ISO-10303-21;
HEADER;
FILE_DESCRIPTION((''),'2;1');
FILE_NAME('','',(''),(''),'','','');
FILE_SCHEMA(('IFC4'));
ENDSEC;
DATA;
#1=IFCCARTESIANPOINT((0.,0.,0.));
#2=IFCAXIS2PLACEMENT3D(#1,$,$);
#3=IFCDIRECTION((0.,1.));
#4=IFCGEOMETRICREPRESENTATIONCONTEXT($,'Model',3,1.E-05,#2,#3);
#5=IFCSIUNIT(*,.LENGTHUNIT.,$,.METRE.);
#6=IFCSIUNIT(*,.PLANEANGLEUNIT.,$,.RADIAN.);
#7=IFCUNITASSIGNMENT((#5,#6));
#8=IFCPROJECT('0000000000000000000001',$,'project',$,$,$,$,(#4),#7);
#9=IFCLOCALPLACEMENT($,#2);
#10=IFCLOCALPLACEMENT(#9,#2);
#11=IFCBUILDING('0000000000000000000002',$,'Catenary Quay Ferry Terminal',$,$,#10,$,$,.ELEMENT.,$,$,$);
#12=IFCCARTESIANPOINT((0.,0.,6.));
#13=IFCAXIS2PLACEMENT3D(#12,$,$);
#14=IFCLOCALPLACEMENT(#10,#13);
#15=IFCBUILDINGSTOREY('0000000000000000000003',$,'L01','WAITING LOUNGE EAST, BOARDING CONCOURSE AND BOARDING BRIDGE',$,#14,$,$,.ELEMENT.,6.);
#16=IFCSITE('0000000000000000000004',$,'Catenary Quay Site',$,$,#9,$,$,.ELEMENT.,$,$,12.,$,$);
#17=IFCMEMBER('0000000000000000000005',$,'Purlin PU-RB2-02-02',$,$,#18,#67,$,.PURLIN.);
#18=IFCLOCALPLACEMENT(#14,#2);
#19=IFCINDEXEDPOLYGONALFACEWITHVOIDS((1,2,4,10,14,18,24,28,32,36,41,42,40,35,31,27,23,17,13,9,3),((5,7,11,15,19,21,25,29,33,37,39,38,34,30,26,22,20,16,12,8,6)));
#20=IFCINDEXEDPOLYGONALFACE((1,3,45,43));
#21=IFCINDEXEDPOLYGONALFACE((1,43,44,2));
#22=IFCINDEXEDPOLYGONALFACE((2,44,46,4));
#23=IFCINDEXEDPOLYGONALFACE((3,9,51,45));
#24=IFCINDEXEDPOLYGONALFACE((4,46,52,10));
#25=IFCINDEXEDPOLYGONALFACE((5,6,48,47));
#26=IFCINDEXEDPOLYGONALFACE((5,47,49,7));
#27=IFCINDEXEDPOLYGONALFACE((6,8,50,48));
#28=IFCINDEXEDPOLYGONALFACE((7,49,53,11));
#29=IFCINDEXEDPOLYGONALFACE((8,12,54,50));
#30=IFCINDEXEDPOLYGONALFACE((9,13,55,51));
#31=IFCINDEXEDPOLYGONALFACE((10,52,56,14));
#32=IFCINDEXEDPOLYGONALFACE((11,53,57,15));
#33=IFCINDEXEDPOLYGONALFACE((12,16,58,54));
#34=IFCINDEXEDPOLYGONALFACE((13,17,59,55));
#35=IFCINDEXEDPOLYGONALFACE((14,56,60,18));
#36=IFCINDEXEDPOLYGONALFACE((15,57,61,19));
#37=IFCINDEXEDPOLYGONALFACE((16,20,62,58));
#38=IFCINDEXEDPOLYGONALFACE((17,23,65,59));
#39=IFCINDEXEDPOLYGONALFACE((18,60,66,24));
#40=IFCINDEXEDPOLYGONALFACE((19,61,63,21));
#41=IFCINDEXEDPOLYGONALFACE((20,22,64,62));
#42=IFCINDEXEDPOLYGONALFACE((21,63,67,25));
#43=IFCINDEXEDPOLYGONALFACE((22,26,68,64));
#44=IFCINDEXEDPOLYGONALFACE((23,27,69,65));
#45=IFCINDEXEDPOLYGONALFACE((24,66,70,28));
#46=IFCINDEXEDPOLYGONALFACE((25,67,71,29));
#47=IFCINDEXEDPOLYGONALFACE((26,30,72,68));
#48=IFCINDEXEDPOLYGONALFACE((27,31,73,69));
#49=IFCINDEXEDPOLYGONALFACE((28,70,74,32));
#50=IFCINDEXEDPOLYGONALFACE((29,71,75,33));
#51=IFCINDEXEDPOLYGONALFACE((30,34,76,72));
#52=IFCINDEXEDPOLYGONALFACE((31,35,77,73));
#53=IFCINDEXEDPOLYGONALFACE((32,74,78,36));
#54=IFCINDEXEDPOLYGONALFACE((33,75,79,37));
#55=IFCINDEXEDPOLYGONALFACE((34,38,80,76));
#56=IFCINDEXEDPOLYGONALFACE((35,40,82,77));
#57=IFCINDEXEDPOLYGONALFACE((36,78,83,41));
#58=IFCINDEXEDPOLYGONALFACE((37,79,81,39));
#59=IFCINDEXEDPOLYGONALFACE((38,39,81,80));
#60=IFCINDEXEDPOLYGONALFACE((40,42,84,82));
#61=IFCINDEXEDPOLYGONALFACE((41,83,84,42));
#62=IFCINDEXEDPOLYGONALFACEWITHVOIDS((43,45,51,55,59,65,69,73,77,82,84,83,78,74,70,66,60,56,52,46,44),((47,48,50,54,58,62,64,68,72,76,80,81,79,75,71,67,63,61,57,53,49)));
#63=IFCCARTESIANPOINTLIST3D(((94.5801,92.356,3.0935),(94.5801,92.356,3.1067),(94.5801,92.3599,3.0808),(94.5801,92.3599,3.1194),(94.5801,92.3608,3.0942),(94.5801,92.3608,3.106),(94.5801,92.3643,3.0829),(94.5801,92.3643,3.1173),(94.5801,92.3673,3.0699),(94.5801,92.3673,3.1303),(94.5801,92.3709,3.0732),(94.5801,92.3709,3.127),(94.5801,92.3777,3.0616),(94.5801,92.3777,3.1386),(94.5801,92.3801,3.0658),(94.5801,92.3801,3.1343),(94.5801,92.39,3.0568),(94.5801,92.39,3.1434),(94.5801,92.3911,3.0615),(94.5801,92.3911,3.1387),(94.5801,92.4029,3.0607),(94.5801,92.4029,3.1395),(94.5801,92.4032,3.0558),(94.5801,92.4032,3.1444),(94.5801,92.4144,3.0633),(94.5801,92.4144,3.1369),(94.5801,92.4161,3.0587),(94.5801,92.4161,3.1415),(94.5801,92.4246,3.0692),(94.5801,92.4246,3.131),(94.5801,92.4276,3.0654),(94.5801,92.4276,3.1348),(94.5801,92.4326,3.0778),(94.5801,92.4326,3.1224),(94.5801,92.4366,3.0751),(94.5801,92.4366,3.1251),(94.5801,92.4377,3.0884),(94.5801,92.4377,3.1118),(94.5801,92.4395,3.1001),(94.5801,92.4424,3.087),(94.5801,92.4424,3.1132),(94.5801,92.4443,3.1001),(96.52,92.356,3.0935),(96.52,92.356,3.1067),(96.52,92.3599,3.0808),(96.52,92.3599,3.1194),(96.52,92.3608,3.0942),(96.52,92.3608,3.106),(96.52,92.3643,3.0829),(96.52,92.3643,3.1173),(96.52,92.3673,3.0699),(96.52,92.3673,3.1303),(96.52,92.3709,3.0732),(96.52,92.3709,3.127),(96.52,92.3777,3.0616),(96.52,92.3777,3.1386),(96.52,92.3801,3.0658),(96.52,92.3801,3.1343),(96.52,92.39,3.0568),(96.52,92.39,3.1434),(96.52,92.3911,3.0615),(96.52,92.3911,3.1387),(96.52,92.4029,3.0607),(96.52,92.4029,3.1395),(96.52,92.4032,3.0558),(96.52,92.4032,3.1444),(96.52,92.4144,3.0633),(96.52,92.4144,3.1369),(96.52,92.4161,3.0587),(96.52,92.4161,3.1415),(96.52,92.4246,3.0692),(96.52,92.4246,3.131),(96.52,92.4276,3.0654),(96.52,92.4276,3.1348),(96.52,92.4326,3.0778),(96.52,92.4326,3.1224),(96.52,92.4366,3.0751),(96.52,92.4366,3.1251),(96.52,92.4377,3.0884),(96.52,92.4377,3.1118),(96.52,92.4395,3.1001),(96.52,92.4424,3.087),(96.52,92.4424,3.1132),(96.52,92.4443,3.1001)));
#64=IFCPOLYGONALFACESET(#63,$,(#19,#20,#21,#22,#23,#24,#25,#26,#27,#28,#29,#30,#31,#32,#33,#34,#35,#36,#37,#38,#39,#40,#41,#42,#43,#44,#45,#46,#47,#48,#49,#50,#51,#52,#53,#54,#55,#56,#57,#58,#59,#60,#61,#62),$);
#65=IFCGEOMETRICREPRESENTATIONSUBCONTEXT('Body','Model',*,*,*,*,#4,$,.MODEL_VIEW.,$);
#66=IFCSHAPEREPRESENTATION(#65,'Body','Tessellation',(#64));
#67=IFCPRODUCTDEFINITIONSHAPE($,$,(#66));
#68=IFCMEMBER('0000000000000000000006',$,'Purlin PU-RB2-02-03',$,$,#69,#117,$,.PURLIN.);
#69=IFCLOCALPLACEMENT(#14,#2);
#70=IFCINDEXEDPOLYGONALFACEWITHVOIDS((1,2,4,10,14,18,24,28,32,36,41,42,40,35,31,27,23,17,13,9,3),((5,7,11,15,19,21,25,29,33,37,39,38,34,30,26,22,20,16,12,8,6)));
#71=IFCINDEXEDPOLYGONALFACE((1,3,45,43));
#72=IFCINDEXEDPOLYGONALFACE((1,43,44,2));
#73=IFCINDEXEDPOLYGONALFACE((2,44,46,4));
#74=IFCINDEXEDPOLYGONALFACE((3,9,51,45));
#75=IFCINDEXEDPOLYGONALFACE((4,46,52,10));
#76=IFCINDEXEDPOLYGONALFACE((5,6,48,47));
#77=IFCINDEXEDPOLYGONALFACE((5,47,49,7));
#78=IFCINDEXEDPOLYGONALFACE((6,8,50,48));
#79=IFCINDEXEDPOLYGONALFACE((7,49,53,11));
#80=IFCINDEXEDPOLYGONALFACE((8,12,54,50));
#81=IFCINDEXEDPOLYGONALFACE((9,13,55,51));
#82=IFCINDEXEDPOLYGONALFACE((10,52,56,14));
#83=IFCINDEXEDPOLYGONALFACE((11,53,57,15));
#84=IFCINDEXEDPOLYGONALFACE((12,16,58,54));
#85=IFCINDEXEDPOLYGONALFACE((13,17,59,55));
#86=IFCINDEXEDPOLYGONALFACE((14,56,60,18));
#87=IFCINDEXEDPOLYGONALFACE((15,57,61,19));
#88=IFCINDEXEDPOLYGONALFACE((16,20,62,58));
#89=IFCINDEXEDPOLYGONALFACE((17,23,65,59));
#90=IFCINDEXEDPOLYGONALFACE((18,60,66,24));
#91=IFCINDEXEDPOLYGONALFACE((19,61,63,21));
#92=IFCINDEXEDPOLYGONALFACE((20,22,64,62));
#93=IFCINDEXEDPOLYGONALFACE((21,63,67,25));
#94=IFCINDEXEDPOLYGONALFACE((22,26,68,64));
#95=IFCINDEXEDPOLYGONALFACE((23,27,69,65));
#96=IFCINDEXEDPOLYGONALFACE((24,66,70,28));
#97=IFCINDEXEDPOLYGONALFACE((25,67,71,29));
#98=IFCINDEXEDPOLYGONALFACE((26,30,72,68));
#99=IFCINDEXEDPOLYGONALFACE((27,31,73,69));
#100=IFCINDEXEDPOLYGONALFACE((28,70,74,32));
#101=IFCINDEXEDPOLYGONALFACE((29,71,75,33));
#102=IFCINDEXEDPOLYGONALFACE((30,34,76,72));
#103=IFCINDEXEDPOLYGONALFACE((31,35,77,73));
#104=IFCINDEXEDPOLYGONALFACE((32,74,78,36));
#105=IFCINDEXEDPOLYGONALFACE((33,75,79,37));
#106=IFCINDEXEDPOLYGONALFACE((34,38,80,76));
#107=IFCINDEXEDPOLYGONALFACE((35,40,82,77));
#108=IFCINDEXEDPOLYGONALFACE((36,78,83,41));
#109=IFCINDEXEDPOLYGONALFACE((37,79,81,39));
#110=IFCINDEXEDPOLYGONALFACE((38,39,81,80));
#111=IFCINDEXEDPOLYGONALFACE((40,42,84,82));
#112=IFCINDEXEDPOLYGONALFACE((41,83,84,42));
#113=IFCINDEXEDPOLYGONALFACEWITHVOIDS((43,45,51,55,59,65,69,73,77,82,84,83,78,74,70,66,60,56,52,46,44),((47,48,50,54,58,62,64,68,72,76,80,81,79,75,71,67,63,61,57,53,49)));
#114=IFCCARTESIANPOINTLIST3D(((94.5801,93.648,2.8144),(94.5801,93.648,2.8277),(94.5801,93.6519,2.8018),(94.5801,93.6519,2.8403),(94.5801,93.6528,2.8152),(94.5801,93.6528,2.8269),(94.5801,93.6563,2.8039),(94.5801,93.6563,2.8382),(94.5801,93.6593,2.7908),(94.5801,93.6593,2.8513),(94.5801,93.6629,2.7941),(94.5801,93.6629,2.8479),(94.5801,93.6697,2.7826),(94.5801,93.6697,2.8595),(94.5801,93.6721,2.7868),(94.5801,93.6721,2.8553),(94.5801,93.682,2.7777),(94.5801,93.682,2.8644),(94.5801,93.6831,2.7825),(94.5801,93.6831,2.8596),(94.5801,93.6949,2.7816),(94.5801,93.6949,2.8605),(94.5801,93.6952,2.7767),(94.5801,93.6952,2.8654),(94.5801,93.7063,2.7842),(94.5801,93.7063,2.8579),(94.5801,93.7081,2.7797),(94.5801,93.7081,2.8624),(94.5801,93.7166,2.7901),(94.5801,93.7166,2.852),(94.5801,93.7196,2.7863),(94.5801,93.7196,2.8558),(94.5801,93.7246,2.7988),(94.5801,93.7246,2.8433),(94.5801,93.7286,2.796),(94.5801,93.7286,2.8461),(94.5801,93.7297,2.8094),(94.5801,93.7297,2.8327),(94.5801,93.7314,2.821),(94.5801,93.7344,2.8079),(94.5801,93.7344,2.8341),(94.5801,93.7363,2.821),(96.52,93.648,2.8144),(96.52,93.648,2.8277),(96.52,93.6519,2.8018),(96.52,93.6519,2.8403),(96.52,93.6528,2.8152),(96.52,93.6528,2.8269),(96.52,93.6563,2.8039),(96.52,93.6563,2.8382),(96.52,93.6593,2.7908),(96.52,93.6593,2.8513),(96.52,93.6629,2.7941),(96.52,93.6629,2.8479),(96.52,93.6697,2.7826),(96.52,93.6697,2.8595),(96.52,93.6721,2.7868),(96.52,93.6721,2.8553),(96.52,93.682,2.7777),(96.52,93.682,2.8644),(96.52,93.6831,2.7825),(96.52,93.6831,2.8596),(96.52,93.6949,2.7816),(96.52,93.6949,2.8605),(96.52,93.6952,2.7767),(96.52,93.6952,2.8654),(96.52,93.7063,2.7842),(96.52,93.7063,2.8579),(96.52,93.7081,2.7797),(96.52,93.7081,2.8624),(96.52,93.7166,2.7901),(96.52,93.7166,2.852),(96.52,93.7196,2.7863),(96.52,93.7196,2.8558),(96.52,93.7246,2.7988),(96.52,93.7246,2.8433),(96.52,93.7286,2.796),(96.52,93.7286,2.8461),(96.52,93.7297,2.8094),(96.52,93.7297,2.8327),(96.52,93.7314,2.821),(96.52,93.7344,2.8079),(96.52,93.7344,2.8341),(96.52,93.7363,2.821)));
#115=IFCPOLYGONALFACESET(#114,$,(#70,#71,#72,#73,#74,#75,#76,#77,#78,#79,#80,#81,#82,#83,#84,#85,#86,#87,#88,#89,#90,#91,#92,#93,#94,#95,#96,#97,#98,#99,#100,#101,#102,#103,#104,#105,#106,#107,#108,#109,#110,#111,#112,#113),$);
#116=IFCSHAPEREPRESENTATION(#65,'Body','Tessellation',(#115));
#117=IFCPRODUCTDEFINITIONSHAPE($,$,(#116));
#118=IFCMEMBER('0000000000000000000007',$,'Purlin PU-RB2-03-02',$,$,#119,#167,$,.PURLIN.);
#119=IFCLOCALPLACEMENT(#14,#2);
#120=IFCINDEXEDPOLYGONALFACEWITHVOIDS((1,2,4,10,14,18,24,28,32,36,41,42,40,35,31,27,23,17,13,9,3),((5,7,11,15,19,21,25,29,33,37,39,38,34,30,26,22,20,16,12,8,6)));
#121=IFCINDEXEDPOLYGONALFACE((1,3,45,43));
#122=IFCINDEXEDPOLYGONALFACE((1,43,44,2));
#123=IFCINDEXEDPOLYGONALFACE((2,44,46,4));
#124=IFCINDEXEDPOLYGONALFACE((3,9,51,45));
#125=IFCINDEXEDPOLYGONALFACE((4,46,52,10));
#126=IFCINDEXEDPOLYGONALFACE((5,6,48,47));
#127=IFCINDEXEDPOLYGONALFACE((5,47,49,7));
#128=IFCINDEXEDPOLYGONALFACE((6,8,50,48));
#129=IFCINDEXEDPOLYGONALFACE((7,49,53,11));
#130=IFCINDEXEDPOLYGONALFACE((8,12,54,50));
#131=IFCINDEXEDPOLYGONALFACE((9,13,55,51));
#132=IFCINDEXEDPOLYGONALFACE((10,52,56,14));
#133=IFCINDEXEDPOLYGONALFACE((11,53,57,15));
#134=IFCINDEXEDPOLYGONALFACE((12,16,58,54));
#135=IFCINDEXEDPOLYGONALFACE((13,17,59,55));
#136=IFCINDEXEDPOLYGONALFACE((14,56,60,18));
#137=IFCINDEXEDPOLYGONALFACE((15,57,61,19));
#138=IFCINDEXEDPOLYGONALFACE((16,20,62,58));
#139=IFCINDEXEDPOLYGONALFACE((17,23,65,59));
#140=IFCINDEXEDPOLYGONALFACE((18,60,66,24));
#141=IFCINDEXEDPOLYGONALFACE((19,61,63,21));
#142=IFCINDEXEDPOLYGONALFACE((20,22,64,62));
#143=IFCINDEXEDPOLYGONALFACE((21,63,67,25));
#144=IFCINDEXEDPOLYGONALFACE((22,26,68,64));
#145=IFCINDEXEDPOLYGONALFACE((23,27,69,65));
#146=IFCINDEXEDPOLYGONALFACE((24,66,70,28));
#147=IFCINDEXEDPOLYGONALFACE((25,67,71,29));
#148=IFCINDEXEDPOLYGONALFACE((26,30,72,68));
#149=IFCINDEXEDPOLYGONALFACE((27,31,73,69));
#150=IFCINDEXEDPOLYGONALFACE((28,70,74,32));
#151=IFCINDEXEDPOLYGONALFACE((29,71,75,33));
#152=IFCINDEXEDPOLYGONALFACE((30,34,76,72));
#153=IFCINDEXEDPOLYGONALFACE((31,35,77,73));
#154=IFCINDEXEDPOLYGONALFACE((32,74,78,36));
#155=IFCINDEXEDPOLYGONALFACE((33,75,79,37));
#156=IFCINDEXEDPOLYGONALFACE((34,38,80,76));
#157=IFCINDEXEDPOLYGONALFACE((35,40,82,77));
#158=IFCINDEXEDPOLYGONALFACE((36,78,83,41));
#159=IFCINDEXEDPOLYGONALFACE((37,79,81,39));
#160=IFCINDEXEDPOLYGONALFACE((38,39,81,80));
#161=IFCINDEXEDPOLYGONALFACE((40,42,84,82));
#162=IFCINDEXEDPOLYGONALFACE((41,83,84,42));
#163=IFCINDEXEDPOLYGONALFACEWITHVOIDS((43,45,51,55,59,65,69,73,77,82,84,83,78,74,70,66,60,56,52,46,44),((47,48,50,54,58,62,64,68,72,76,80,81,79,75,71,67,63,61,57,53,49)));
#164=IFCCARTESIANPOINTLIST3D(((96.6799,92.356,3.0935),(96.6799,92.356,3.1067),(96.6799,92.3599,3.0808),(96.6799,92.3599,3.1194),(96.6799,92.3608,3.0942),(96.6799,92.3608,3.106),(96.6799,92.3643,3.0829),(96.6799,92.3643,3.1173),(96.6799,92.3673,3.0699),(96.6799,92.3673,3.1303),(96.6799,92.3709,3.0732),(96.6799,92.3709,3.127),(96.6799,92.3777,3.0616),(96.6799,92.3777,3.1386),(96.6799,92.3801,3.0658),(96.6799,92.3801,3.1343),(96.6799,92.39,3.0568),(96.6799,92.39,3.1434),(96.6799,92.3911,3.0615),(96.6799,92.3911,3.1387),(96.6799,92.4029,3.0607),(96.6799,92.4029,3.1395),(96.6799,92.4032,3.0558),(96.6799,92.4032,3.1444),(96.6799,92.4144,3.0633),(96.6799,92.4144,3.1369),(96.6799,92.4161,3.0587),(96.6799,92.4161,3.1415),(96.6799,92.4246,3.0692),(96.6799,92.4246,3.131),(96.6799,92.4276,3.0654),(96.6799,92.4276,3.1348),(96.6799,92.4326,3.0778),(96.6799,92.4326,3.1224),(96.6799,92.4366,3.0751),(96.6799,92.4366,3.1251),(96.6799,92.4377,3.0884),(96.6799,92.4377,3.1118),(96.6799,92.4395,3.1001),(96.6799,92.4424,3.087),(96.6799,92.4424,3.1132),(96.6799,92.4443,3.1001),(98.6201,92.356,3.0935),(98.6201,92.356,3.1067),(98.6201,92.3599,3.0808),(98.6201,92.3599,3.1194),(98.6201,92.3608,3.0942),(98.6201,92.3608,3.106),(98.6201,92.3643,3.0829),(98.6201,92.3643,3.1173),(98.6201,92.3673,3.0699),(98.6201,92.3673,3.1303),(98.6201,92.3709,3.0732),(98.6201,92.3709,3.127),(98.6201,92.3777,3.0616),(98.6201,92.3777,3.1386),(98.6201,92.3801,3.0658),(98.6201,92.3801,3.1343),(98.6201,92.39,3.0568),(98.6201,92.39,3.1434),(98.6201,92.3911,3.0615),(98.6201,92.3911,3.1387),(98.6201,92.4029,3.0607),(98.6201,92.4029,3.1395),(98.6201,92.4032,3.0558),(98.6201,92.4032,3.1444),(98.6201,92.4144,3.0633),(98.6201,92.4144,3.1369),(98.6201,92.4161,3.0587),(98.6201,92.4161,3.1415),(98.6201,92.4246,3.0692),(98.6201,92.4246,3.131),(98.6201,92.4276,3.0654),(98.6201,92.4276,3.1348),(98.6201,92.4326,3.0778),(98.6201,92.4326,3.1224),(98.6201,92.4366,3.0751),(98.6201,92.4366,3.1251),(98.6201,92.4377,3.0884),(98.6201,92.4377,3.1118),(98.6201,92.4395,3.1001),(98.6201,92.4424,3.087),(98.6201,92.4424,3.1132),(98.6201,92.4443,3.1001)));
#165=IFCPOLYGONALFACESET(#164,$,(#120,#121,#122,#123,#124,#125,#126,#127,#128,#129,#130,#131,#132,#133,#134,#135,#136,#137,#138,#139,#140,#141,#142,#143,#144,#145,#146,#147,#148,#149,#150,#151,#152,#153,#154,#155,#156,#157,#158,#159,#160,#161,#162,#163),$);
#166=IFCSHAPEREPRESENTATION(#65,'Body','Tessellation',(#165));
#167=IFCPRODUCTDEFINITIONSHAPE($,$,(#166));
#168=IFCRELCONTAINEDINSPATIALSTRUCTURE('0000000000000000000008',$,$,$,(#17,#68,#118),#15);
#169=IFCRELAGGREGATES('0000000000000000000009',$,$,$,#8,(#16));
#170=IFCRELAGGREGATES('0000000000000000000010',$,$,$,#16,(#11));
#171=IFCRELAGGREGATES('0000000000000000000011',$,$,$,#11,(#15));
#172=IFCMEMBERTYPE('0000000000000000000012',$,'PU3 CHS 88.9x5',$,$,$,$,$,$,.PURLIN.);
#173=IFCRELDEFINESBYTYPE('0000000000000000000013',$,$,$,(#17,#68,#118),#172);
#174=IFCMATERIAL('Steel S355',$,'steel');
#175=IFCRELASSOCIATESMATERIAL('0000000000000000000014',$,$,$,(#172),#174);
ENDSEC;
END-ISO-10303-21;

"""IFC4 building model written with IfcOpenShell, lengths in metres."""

from ifc_helpers import new_model, si_unit, direction, frame, origin, origin_2d, place, context, subcontext, project, spatial, hollow_circle, extrude, material, material_profile, profile_set, type_object, element, save


model = new_model("IFC4")

# Units and contexts
model_context = context("Model", 3, precision=1e-05, world=origin(), true_north=direction((0.0, 1.0)))
body_context = subcontext(model_context, "Body", "Model", "MODEL_VIEW")
ifc_project = project(units=[si_unit("LENGTHUNIT", "METRE"), si_unit("PLANEANGLEUNIT", "RADIAN")], contexts=[model_context])

# Site, building, storey
site_placement = place(None, origin())
site = spatial("IfcSite", under=ifc_project, at=site_placement, Name="Catenary Quay Site", CompositionType="ELEMENT", RefElevation=12.0)
building_placement = place(site_placement, origin())
building = spatial("IfcBuilding", under=site, at=building_placement, Name="Catenary Quay Ferry Terminal", CompositionType="ELEMENT")
storey_placement = place(building_placement, frame((0.0, 0.0, 6.0)))
storey = spatial("IfcBuildingStorey", under=building, at=storey_placement, Name="L01", Description="WAITING LOUNGE EAST, BOARDING CONCOURSE AND BOARDING BRIDGE", CompositionType="ELEMENT", Elevation=6.0)

# Members
ifc_material_1 = material(Name="Steel S355", Category="steel")
ifc_material_profile_1 = material_profile(ifc_material_1, hollow_circle(Radius=0.0444, WallThickness=0.0049, at=origin_2d()), Name="CHS 88.9x5")
ifc_profile_set_1 = profile_set([ifc_material_profile_1], Name="Steel S355")
member_type_1 = type_object("IfcMemberType", Name="PU3 CHS 88.9x5", PredefinedType="PURLIN", material=ifc_profile_set_1)
for number, where, z_axis, x_axis, name in (
    (1, (94.5801, 92.3999, 3.1001), (1.0, 0.0, 0.0), (0.0, 1.0, 0.0), "Purlin PU-RB2-02-02"),
    (2, (94.5801, 93.6919, 2.821), (1.0, 0.0, 0.0), (0.0, 1.0, 0.0), "Purlin PU-RB2-02-03"),
):
    element("IfcMember", number, at=place(storey_placement, frame(where, z_axis=z_axis, x_axis=x_axis)), inside=storey, type_object=member_type_1, Name=name, PredefinedType="PURLIN", context=body_context, shape_type="SweptSolid", body=[
        extrude(hollow_circle(Radius=0.0444, WallThickness=0.0049, at=origin_2d()), origin(), (0.0, 0.0, 1.0), 1.9399),
    ])
for number, where, z_axis, x_axis, name in (
    (3, (96.6799, 92.3999, 3.1001), (1.0, 0.0, 0.0), (0.0, 1.0, 0.0), "Purlin PU-RB2-03-02"),
):
    element("IfcMember", number, at=place(storey_placement, frame(where, z_axis=z_axis, x_axis=x_axis)), inside=storey, type_object=member_type_1, Name=name, PredefinedType="PURLIN", context=body_context, shape_type="SweptSolid", body=[
        extrude(hollow_circle(Radius=0.0444, WallThickness=0.0049, at=origin_2d()), origin(), (0.0, 0.0, 1.0), 1.9402),
    ])

save(model, "model.ifc")
